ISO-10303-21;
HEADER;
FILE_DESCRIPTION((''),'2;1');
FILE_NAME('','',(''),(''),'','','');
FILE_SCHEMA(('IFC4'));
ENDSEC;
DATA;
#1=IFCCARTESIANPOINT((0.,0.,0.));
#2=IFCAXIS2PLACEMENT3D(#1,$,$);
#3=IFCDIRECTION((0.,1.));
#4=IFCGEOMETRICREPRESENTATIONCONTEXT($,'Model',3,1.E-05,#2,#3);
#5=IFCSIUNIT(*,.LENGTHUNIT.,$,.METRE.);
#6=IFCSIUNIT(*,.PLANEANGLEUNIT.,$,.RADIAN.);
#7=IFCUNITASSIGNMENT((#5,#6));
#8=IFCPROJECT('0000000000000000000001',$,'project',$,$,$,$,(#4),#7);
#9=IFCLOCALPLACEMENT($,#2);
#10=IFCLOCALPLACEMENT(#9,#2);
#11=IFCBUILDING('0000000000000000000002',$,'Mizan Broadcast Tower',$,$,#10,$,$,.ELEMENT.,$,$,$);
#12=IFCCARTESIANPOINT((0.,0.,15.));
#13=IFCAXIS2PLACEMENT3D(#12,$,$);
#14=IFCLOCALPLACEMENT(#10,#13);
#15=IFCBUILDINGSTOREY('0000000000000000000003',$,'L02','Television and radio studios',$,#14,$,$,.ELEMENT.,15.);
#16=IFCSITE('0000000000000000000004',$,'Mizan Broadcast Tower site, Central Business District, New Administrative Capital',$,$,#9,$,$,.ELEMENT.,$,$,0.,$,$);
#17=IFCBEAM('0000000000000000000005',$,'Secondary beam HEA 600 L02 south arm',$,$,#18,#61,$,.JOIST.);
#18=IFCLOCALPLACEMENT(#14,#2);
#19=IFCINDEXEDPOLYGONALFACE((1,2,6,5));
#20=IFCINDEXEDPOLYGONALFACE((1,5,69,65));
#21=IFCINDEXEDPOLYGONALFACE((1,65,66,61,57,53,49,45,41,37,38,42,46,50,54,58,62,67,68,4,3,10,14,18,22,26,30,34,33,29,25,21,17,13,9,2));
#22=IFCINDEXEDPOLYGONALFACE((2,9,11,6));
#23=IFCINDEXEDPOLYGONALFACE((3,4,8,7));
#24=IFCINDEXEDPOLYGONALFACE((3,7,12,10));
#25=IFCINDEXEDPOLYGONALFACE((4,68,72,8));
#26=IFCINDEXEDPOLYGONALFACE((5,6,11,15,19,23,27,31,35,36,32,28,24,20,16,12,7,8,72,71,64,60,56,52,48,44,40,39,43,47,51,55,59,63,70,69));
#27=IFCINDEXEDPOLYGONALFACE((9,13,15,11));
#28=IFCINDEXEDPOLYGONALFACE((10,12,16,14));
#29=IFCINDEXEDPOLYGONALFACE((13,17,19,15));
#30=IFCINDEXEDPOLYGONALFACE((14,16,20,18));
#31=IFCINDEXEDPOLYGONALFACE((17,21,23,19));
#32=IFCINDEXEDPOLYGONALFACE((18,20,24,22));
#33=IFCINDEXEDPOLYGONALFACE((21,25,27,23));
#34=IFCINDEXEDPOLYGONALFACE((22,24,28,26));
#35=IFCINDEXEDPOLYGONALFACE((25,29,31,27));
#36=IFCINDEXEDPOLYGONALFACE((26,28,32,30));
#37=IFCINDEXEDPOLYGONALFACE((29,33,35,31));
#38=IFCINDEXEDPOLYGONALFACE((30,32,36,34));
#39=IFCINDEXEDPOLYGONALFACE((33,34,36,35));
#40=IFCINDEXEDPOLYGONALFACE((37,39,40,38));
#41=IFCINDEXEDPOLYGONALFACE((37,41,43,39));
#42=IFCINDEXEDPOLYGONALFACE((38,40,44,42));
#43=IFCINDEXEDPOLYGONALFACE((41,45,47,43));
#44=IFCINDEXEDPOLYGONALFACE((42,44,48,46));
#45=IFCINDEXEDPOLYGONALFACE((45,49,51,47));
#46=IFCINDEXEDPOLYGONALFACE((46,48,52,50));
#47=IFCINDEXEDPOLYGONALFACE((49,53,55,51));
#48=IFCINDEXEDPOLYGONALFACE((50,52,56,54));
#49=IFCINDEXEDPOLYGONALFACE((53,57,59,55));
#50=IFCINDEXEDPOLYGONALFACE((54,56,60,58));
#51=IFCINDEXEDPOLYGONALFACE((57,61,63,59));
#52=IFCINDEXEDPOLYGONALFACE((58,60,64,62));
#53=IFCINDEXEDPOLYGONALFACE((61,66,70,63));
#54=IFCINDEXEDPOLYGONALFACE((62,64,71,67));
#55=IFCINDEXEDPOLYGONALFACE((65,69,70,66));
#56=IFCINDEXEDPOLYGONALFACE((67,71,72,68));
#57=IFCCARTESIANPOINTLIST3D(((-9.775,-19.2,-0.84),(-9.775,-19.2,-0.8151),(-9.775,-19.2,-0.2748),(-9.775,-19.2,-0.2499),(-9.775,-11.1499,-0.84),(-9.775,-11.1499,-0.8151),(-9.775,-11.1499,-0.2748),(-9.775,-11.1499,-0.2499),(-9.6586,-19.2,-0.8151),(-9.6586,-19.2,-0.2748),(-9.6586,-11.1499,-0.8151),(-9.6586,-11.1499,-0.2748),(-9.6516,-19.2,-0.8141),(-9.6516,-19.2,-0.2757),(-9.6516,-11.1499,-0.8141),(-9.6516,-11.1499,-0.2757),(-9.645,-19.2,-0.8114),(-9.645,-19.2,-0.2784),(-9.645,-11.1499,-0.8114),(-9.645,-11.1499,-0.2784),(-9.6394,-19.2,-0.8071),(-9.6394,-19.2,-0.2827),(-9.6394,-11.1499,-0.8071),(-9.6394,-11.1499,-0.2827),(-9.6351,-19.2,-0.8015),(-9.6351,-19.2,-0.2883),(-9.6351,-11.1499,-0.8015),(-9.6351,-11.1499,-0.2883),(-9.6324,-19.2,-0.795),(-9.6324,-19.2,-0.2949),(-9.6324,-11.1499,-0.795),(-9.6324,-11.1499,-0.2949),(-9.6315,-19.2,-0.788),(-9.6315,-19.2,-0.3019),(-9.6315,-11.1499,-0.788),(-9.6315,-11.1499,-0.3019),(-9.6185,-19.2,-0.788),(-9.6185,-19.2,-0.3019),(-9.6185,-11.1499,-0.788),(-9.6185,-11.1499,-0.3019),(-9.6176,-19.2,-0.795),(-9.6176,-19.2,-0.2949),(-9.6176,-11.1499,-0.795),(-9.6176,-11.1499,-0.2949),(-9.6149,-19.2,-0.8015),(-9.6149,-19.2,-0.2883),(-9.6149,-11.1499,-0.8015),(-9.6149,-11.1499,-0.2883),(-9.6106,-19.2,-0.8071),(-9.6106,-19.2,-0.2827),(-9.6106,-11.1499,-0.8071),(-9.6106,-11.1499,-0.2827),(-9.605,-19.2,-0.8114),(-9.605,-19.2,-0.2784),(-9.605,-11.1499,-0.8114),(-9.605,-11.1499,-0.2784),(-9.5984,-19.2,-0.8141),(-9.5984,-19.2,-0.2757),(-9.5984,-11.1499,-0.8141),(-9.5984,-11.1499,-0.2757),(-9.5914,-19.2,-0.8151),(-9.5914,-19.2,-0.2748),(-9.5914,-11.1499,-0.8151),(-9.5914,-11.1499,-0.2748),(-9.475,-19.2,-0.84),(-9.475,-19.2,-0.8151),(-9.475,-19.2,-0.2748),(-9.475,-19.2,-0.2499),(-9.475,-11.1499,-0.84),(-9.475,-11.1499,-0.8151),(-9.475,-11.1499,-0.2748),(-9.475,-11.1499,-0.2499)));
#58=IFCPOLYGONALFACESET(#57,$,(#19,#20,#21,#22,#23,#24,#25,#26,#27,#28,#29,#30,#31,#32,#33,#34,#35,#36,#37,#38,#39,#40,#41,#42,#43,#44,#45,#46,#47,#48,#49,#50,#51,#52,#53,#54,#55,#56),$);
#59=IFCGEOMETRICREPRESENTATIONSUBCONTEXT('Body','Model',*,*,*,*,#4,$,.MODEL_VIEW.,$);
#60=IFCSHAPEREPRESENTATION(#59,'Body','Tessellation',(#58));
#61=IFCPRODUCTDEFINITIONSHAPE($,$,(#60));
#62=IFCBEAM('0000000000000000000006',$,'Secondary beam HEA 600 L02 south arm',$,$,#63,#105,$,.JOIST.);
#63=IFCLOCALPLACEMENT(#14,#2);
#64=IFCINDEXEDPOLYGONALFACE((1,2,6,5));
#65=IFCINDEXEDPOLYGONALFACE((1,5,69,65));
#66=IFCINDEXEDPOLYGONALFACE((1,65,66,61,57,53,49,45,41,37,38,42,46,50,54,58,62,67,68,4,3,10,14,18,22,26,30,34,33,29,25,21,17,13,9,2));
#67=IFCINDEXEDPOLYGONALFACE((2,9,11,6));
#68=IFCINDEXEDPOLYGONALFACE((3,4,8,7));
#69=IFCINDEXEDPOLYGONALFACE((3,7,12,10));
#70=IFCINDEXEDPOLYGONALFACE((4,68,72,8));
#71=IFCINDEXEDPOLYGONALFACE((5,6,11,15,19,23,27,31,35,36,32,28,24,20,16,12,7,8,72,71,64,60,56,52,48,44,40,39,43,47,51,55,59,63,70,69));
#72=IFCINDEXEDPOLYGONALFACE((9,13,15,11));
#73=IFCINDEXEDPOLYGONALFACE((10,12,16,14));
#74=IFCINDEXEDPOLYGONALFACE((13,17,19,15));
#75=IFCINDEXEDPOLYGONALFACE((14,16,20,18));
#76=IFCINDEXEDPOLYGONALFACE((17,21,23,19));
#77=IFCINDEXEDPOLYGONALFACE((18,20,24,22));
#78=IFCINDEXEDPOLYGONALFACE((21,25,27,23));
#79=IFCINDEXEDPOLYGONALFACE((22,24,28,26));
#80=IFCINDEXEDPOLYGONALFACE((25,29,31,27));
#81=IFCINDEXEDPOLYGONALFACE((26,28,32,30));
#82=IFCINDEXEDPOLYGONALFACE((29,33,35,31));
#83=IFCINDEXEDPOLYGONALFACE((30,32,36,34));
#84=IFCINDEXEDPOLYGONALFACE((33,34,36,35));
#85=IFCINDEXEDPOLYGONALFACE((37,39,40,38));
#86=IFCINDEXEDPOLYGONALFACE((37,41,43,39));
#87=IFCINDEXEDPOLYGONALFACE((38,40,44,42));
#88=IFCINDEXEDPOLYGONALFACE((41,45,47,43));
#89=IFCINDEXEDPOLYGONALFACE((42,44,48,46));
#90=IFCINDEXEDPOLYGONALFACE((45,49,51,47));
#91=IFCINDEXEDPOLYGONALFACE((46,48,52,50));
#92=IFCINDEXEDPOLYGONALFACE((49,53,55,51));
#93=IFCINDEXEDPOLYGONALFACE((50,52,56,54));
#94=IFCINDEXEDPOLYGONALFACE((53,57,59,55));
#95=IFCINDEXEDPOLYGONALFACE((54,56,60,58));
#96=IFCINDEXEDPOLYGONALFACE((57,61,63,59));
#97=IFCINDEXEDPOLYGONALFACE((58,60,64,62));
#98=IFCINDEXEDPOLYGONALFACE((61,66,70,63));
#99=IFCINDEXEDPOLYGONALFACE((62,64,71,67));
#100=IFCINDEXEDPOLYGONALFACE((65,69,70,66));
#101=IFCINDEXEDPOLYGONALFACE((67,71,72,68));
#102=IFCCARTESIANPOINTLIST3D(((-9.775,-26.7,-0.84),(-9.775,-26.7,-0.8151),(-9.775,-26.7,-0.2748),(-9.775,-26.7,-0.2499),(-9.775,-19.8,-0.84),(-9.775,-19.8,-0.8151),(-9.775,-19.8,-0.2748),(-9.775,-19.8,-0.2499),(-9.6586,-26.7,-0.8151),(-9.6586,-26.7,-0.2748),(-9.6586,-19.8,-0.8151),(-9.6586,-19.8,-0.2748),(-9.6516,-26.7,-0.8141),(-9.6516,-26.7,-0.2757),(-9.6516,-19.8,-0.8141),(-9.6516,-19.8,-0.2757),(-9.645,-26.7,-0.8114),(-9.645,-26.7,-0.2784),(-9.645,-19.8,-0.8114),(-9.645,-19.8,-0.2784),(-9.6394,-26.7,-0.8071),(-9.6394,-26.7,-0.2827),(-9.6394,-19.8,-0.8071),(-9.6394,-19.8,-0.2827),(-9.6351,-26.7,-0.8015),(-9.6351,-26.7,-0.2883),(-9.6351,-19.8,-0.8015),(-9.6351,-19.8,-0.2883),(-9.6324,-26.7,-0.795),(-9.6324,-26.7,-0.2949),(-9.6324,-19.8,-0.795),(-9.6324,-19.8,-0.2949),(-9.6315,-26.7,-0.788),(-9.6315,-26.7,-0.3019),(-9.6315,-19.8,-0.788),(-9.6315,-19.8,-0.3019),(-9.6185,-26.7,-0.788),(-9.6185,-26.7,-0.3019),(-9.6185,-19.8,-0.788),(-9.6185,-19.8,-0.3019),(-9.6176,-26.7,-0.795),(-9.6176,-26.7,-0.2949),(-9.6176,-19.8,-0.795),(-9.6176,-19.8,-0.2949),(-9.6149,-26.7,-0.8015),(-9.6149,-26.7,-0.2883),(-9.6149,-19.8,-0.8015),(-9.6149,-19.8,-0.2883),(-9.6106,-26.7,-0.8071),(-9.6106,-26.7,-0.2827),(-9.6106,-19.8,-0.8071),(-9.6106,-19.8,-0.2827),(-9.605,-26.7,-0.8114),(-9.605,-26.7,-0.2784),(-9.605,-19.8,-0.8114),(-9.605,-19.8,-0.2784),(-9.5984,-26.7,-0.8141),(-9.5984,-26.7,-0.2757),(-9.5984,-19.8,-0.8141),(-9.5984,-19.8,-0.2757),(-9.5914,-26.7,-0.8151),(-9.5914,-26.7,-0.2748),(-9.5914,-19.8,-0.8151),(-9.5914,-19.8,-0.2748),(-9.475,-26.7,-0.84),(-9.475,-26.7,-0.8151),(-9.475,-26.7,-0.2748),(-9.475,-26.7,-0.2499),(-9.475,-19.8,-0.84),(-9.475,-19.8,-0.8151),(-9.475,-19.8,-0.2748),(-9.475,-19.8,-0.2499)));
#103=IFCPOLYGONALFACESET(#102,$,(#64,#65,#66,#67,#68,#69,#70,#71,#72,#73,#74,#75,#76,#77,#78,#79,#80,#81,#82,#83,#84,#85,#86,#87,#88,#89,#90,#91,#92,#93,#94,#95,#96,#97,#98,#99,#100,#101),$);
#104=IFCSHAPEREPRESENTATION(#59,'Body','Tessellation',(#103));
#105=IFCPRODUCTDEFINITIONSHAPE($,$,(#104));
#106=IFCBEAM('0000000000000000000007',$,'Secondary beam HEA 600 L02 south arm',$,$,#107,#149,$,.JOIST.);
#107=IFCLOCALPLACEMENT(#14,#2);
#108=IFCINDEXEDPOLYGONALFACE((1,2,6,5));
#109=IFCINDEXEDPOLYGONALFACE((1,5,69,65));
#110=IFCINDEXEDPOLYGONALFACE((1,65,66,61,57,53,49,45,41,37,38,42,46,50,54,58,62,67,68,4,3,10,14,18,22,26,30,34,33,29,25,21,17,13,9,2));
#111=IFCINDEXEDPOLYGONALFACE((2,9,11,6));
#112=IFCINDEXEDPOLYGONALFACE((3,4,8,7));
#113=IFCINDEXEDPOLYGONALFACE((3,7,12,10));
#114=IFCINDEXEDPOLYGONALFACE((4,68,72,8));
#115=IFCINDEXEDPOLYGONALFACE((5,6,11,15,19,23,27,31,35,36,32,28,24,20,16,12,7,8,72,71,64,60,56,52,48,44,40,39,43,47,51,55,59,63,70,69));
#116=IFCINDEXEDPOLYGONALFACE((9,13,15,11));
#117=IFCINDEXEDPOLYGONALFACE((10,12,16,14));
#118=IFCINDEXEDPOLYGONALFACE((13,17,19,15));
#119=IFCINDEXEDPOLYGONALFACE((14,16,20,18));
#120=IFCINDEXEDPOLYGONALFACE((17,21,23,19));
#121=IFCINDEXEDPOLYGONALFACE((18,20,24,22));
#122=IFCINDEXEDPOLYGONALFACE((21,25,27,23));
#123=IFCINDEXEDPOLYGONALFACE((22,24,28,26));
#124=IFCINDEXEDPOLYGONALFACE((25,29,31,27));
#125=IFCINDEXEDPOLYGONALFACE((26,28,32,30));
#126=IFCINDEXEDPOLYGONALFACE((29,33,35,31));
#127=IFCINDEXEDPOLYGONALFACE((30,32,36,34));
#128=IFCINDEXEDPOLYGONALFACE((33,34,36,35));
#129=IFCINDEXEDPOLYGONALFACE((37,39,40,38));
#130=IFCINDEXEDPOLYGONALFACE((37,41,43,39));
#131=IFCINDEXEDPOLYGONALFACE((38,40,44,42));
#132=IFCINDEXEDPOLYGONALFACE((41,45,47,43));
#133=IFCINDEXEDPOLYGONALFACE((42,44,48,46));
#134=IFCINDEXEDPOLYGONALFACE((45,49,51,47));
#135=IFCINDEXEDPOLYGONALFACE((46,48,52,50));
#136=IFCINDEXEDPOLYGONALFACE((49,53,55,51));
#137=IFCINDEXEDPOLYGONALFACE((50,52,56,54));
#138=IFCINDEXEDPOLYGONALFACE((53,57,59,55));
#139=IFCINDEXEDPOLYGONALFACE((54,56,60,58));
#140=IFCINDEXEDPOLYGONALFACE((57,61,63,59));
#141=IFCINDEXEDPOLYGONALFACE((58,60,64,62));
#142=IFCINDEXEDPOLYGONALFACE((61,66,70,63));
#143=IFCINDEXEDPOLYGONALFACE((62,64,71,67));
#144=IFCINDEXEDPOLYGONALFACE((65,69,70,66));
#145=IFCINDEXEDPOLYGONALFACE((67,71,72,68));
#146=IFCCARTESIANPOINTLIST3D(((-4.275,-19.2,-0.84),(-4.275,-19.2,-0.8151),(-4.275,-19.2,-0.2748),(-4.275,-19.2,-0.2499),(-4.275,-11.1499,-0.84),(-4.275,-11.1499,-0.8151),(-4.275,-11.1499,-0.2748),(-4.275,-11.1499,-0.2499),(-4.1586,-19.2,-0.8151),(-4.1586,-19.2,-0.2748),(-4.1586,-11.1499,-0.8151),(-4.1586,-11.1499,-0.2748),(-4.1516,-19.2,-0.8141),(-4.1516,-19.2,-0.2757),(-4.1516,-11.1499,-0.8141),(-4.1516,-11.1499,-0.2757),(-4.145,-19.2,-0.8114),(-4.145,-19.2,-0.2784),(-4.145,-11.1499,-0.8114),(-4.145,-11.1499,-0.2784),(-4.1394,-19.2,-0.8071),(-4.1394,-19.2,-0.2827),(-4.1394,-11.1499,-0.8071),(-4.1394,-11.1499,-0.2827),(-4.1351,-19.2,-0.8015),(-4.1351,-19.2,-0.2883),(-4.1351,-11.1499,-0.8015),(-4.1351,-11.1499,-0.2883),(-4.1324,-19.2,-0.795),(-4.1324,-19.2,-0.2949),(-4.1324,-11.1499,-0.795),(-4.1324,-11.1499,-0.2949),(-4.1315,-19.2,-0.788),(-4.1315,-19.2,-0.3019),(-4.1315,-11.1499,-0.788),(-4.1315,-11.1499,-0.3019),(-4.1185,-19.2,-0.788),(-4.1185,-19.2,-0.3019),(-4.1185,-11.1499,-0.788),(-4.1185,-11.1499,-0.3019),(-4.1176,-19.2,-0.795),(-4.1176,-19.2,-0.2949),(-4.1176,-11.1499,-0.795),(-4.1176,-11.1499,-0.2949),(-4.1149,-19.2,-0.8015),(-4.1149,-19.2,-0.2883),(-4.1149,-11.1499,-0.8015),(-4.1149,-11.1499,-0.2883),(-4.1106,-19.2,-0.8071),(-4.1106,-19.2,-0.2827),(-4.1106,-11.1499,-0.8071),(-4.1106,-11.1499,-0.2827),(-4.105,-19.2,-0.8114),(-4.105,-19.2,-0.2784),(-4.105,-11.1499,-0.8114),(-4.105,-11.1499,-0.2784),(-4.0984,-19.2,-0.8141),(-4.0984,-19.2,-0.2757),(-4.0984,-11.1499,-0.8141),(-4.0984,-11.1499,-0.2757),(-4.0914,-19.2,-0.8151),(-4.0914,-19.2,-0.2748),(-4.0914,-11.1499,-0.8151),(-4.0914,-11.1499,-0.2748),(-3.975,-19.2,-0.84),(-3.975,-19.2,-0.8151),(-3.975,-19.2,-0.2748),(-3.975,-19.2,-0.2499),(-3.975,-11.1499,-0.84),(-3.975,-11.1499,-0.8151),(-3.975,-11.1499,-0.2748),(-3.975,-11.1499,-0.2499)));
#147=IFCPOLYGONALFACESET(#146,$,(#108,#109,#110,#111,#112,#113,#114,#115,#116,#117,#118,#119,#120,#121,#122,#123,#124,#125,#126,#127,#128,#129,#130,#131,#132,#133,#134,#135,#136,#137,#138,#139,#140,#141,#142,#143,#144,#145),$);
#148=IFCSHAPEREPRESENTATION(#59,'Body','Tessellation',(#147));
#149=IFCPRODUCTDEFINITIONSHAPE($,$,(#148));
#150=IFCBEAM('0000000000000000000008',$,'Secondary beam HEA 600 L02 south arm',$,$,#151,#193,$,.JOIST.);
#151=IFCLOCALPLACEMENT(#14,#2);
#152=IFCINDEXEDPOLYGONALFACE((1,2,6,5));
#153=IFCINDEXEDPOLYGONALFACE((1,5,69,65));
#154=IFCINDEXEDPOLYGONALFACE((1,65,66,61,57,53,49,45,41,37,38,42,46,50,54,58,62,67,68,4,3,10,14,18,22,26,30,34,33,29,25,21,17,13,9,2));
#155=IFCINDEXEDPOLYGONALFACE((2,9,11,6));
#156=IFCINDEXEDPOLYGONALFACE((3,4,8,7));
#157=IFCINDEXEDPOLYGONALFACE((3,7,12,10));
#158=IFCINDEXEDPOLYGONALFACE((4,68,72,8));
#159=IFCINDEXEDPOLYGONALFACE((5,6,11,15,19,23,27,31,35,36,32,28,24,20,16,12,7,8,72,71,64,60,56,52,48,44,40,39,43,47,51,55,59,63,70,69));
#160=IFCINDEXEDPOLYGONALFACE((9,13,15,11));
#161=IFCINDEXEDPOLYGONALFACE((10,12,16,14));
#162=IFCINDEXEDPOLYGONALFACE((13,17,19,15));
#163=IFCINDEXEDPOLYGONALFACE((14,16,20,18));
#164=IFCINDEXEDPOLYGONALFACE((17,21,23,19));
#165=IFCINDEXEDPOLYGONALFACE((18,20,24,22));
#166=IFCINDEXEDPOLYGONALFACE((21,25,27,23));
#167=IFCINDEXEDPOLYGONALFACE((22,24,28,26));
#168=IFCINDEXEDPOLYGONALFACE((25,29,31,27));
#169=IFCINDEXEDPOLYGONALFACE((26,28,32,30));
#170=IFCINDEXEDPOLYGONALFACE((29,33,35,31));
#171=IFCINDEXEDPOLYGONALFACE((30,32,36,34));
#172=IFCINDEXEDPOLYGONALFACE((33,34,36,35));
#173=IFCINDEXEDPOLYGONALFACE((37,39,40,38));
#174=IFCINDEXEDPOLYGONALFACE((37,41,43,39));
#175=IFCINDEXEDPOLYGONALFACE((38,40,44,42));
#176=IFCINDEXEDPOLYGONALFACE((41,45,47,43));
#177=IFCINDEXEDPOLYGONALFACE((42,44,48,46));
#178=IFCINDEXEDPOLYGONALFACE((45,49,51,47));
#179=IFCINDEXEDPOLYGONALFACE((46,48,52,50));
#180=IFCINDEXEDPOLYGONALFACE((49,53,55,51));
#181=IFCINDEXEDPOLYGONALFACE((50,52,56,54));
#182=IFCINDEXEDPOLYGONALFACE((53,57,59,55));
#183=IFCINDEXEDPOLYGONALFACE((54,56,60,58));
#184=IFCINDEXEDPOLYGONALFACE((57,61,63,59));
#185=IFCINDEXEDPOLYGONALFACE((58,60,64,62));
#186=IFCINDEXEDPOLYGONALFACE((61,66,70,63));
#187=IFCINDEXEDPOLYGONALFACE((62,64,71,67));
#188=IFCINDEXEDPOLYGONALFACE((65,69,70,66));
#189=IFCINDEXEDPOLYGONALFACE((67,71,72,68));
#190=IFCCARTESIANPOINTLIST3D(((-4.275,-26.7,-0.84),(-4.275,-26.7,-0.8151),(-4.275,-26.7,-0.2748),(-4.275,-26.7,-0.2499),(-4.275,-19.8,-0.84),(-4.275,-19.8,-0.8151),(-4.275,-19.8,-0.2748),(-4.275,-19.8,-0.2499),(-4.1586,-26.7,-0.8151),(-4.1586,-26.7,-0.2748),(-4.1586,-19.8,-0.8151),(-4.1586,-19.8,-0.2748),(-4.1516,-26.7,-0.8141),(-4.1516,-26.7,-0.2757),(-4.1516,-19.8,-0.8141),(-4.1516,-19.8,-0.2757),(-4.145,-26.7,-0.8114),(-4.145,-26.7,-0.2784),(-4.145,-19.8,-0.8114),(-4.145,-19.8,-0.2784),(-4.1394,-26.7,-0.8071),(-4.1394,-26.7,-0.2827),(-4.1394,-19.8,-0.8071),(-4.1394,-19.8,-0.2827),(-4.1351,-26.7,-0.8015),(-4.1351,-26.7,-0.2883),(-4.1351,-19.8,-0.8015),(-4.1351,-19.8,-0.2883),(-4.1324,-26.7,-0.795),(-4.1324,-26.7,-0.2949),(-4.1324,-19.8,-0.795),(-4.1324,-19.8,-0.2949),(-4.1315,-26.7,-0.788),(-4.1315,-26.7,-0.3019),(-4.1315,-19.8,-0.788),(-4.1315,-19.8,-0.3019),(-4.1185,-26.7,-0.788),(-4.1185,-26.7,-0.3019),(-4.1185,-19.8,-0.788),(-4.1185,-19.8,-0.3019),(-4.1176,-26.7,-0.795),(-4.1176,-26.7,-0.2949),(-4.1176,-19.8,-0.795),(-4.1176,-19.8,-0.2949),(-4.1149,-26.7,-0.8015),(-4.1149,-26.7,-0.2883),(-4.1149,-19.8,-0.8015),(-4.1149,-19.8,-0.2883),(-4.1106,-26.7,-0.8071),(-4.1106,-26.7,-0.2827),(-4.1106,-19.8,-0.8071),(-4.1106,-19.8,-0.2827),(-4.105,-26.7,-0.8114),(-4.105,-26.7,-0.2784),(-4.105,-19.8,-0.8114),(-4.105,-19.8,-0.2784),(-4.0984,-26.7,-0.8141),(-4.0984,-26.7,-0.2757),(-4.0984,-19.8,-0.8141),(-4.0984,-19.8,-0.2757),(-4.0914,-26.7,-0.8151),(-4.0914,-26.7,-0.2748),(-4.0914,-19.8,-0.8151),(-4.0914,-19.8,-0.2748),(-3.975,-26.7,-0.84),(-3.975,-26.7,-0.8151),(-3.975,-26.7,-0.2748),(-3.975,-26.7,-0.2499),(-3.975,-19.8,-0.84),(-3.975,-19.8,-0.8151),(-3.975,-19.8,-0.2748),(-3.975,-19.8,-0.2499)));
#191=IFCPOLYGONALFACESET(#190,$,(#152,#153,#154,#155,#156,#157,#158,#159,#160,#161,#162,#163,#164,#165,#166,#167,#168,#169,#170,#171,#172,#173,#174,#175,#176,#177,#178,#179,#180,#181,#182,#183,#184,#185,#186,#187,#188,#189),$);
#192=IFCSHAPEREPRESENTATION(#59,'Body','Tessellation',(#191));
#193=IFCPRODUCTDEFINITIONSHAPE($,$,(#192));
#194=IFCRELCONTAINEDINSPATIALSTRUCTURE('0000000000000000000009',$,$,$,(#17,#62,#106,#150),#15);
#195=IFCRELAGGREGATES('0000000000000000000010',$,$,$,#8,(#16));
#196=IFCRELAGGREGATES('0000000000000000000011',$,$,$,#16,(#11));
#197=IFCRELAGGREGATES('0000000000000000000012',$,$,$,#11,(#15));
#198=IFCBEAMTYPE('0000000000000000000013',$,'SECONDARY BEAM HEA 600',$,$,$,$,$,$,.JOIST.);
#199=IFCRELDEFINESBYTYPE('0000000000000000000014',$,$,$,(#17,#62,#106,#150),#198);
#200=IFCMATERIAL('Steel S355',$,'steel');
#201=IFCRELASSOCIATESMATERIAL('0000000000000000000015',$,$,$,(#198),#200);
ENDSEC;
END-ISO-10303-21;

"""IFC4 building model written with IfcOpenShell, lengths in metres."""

from ifc_helpers import new_model, si_unit, direction, frame, origin, origin_2d, place, context, subcontext, project, spatial, i_section, extrude, material, material_profile, profile_set, type_object, element, save


model = new_model("IFC4")

# Units and contexts
model_context = context("Model", 3, precision=1e-05, world=origin(), true_north=direction((0.0, 1.0)))
body_context = subcontext(model_context, "Body", "Model", "MODEL_VIEW")
ifc_project = project(units=[si_unit("LENGTHUNIT", "METRE"), si_unit("PLANEANGLEUNIT", "RADIAN")], contexts=[model_context])

# Site, building, storey
site_placement = place(None, origin())
site = spatial("IfcSite", under=ifc_project, at=site_placement, Name="Mizan Broadcast Tower site, Central Business District, New Administrative Capital", CompositionType="ELEMENT", RefElevation=0.0)
building_placement = place(site_placement, origin())
building = spatial("IfcBuilding", under=site, at=building_placement, Name="Mizan Broadcast Tower", CompositionType="ELEMENT")
storey_placement = place(building_placement, frame((0.0, 0.0, 15.0)))
storey = spatial("IfcBuildingStorey", under=building, at=storey_placement, Name="L02", Description="Television and radio studios", CompositionType="ELEMENT", Elevation=15.0)

# Beams
ifc_material_1 = material(Name="Steel S355", Category="steel")
ifc_material_profile_1 = material_profile(ifc_material_1, i_section(OverallWidth=0.3, OverallDepth=0.5901, WebThickness=0.0129, FlangeThickness=0.0249, FilletRadius=0.0271, at=origin_2d()), Name="HEA 600")
ifc_profile_set_1 = profile_set([ifc_material_profile_1], Name="Steel S355")
beam_type_1 = type_object("IfcBeamType", Name="SECONDARY BEAM HEA 600", PredefinedType="JOIST", material=ifc_profile_set_1)
beam_1_placement = place(storey_placement, frame((-9.625, -11.1499, -0.5449), z_axis=(0.0, -1.0, 0.0), x_axis=(1.0, 0.0, 0.0)))
element("IfcBeam", 1, at=beam_1_placement, inside=storey, type_object=beam_type_1, Name="Secondary beam HEA 600 L02 south arm", PredefinedType="JOIST", context=body_context, shape_type="SweptSolid", body=[
    extrude(i_section(OverallWidth=0.3, OverallDepth=0.5901, WebThickness=0.0129, FlangeThickness=0.0249, FilletRadius=0.0271, at=origin_2d()), origin(), (0.0, 0.0, 1.0), 8.05),
])
beam_2_placement = place(storey_placement, frame((-9.625, -19.8, -0.5449), z_axis=(0.0, -1.0, 0.0), x_axis=(1.0, 0.0, 0.0)))
element("IfcBeam", 2, at=beam_2_placement, inside=storey, type_object=beam_type_1, Name="Secondary beam HEA 600 L02 south arm", PredefinedType="JOIST", context=body_context, shape_type="SweptSolid", body=[
    extrude(i_section(OverallWidth=0.3, OverallDepth=0.5901, WebThickness=0.0129, FlangeThickness=0.0249, FilletRadius=0.0271, at=origin_2d()), origin(), (0.0, 0.0, 1.0), 6.8999),
])
beam_3_placement = place(storey_placement, frame((-4.125, -11.1499, -0.5449), z_axis=(0.0, -1.0, 0.0), x_axis=(1.0, 0.0, 0.0)))
element("IfcBeam", 3, at=beam_3_placement, inside=storey, type_object=beam_type_1, Name="Secondary beam HEA 600 L02 south arm", PredefinedType="JOIST", context=body_context, shape_type="SweptSolid", body=[
    extrude(i_section(OverallWidth=0.3, OverallDepth=0.5901, WebThickness=0.0129, FlangeThickness=0.0249, FilletRadius=0.0271, at=origin_2d()), origin(), (0.0, 0.0, 1.0), 8.05),
])
beam_4_placement = place(storey_placement, frame((-4.125, -19.8, -0.5449), z_axis=(0.0, -1.0, 0.0), x_axis=(1.0, 0.0, 0.0)))
element("IfcBeam", 4, at=beam_4_placement, inside=storey, type_object=beam_type_1, Name="Secondary beam HEA 600 L02 south arm", PredefinedType="JOIST", context=body_context, shape_type="SweptSolid", body=[
    extrude(i_section(OverallWidth=0.3, OverallDepth=0.5901, WebThickness=0.0129, FlangeThickness=0.0249, FilletRadius=0.0271, at=origin_2d()), origin(), (0.0, 0.0, 1.0), 6.8999),
])

save(model, "model.ifc")
